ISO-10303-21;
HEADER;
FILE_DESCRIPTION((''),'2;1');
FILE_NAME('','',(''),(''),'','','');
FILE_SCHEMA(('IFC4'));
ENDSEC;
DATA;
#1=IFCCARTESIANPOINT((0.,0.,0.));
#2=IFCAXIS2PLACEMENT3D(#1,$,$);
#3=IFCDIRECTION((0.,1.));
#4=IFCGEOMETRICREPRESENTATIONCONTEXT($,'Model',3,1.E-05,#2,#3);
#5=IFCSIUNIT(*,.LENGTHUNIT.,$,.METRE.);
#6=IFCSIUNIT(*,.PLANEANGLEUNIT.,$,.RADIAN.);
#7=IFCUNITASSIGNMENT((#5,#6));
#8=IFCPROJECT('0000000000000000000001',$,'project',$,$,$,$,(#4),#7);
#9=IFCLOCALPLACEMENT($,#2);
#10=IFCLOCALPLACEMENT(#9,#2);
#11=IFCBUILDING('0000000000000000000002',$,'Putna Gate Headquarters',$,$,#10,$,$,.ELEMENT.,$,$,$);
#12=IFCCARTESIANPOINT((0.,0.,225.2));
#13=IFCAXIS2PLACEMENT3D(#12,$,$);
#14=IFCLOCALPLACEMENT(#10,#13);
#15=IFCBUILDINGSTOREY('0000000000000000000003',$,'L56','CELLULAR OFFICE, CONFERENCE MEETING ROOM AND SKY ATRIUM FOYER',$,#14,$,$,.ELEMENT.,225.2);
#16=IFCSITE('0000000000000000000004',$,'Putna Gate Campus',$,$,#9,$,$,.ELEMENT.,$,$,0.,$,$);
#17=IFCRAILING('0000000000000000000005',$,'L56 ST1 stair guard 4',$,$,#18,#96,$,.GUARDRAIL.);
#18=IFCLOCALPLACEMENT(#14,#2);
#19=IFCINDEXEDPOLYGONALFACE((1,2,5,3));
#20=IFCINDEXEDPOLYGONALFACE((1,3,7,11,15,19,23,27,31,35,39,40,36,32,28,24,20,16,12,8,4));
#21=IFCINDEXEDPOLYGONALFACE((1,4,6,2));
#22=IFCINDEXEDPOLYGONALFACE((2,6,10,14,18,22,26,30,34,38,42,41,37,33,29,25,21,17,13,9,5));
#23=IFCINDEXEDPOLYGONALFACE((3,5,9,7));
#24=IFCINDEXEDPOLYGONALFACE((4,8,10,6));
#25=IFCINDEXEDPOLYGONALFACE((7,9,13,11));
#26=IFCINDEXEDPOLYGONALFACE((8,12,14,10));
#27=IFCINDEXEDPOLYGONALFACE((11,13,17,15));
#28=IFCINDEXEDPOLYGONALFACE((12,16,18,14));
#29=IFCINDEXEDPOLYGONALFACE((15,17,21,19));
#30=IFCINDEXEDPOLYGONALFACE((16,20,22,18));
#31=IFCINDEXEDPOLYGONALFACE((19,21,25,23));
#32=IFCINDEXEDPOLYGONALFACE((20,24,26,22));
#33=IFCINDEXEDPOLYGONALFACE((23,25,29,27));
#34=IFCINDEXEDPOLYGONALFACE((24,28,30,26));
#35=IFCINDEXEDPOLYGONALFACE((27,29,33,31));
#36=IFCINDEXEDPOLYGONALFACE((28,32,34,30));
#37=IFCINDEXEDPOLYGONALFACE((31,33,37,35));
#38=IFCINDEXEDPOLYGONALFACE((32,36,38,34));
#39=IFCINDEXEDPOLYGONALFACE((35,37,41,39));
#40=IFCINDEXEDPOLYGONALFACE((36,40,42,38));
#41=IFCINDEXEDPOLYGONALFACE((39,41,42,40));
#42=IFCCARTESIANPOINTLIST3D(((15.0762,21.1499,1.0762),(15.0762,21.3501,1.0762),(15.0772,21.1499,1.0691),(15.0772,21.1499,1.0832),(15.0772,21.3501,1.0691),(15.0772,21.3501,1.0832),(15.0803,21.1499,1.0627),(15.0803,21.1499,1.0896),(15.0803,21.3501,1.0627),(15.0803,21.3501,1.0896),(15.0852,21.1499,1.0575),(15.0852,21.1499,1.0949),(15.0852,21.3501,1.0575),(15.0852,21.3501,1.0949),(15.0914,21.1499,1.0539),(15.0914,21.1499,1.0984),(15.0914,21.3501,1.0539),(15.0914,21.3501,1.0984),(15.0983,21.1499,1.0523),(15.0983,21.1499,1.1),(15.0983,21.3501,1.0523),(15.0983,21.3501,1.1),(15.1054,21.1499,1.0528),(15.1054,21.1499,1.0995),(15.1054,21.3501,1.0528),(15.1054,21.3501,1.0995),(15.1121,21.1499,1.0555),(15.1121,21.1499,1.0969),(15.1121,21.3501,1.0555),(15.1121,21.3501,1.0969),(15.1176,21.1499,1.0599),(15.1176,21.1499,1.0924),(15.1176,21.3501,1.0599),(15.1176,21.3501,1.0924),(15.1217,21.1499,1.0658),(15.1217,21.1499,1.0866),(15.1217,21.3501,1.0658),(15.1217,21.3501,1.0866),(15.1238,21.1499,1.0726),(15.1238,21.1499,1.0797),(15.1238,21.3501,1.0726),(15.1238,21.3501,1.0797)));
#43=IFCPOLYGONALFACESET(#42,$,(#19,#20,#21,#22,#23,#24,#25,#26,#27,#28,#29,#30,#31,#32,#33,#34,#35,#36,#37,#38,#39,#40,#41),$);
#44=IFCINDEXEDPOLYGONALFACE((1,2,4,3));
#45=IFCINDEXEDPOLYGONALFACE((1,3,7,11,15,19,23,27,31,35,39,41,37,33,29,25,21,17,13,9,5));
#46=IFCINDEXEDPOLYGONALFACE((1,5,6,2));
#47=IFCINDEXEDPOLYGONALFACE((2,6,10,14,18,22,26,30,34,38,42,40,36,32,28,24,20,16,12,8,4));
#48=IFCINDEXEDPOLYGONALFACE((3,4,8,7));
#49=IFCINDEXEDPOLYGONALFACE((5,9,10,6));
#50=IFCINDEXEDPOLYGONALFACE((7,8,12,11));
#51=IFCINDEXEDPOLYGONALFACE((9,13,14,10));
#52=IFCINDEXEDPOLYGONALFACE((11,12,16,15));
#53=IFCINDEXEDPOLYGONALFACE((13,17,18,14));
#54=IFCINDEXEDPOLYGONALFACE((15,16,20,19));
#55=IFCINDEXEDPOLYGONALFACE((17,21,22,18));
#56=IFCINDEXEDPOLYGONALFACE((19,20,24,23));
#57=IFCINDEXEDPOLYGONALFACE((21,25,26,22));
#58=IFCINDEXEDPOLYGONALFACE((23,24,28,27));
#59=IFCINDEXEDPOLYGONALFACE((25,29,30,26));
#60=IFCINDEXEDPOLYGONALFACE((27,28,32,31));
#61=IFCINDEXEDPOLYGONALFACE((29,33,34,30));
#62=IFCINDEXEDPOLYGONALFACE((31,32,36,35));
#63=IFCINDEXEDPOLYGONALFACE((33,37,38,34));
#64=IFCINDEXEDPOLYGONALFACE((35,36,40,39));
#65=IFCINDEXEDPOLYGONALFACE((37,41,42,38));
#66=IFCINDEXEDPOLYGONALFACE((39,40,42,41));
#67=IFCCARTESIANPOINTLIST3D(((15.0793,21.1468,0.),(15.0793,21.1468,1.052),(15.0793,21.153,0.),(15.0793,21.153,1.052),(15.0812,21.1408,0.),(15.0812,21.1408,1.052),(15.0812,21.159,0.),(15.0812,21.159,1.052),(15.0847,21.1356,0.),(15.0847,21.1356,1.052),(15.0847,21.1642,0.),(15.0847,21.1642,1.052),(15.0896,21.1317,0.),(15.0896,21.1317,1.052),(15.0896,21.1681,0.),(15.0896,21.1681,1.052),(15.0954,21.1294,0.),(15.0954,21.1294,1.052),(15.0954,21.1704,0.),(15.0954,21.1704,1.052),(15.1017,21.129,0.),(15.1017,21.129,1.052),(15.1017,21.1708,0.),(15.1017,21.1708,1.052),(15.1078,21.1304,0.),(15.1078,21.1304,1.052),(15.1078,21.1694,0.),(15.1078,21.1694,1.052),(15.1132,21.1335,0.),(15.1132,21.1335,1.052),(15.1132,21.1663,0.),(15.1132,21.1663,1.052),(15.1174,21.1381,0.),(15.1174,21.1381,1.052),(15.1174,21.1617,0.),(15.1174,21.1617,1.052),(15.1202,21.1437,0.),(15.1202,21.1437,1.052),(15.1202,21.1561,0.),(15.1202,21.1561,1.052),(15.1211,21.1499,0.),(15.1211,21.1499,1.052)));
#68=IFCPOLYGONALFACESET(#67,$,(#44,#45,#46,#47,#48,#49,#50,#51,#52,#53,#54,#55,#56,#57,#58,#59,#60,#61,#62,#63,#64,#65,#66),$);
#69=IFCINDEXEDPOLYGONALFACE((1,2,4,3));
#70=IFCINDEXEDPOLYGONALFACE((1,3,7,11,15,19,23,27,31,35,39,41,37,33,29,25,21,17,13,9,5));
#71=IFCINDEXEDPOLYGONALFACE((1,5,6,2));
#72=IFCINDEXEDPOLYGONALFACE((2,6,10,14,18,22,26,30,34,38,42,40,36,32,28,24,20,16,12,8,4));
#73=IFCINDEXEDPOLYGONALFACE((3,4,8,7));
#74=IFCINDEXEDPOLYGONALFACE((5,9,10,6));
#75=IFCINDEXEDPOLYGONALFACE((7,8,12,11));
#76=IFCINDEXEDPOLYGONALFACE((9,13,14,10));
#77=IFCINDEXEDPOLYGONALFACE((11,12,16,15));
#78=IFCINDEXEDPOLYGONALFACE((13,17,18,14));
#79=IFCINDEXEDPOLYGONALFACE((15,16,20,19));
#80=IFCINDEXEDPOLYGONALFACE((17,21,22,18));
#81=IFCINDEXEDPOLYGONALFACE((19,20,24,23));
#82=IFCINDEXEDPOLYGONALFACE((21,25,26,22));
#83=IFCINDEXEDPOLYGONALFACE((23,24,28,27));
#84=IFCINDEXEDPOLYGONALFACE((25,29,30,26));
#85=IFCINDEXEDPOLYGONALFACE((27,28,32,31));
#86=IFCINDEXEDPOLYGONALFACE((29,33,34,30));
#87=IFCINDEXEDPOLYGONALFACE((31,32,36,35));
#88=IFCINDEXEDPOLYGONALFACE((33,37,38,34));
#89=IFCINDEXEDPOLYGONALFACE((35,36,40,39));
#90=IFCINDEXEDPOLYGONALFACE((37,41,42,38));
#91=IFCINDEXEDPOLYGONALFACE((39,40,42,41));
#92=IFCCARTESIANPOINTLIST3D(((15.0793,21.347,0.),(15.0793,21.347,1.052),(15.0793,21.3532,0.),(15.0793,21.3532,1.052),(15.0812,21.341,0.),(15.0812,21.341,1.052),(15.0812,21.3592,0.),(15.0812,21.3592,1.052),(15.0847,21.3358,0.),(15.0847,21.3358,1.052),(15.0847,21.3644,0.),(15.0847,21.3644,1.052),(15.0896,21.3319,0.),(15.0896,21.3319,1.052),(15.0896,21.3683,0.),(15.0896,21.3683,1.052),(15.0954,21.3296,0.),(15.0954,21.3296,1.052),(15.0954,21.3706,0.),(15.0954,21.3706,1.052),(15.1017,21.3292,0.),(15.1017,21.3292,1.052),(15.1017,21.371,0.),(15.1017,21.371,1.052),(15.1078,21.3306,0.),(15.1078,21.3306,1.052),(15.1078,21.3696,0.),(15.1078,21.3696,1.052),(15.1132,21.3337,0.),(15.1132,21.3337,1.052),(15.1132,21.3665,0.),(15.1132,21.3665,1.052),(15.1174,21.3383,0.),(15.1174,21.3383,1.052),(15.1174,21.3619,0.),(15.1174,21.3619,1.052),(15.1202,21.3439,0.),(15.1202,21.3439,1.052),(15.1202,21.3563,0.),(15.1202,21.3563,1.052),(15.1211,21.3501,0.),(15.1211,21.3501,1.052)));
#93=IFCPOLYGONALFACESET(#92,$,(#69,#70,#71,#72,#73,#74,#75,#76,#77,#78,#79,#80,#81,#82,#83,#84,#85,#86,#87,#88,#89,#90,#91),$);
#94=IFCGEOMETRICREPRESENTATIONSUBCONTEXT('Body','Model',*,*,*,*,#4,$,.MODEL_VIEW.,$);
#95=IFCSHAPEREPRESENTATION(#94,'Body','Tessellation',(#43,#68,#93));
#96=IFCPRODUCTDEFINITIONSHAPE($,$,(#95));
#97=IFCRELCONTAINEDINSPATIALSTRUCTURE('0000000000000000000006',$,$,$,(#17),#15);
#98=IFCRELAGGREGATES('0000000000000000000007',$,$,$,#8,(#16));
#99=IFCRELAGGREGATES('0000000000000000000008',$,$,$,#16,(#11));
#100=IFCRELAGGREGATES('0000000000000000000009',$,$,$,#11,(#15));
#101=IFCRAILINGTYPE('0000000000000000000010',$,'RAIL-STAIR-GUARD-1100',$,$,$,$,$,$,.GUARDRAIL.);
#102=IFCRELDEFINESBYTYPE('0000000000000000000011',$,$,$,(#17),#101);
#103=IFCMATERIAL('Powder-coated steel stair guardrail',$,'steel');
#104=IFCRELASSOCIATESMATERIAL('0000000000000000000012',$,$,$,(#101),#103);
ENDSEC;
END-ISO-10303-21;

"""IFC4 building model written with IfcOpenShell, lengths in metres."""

from ifc_helpers import new_model, si_unit, direction, frame, origin, origin_2d, place, context, subcontext, project, spatial, circle, extrude, material, type_object, element, save


model = new_model("IFC4")

# Units and contexts
model_context = context("Model", 3, precision=1e-05, world=origin(), true_north=direction((0.0, 1.0)))
body_context = subcontext(model_context, "Body", "Model", "MODEL_VIEW")
ifc_project = project(units=[si_unit("LENGTHUNIT", "METRE"), si_unit("PLANEANGLEUNIT", "RADIAN")], contexts=[model_context])

# Site, building, storey
site_placement = place(None, origin())
site = spatial("IfcSite", under=ifc_project, at=site_placement, Name="Putna Gate Campus", CompositionType="ELEMENT", RefElevation=0.0)
building_placement = place(site_placement, origin())
building = spatial("IfcBuilding", under=site, at=building_placement, Name="Putna Gate Headquarters", CompositionType="ELEMENT")
storey_placement = place(building_placement, frame((0.0, 0.0, 225.2)))
storey = spatial("IfcBuildingStorey", under=building, at=storey_placement, Name="L56", Description="CELLULAR OFFICE, CONFERENCE MEETING ROOM AND SKY ATRIUM FOYER", CompositionType="ELEMENT", Elevation=225.2)

# Railing
ifc_material_1 = material(Name="Powder-coated steel stair guardrail", Category="steel")
railing_type_1 = type_object("IfcRailingType", Name="RAIL-STAIR-GUARD-1100", PredefinedType="GUARDRAIL", material=ifc_material_1)
railing_1_placement = place(storey_placement, frame((15.1001, 21.1499, 0.0)))
element("IfcRailing", 1, at=railing_1_placement, inside=storey, type_object=railing_type_1, Name="L56 ST1 stair guard 4", PredefinedType="GUARDRAIL", context=body_context, shape_type="SweptSolid", body=[
    extrude(circle(Radius=0.0239, at=origin_2d()), frame((0.0, 0.0, 1.0762), z_axis=(0.0, 1.0, 0.0), x_axis=(-1.0, 0.0, 0.0)), (0.0, 0.0, 1.0), 0.2002),
    extrude(circle(Radius=0.021, at=origin_2d()), origin(), (0.0, 0.0, 1.0), 1.052),
    extrude(circle(Radius=0.021, at=origin_2d()), frame((0.0, 0.2002, 0.0)), (0.0, 0.0, 1.0), 1.052),
])

save(model, "model.ifc")
